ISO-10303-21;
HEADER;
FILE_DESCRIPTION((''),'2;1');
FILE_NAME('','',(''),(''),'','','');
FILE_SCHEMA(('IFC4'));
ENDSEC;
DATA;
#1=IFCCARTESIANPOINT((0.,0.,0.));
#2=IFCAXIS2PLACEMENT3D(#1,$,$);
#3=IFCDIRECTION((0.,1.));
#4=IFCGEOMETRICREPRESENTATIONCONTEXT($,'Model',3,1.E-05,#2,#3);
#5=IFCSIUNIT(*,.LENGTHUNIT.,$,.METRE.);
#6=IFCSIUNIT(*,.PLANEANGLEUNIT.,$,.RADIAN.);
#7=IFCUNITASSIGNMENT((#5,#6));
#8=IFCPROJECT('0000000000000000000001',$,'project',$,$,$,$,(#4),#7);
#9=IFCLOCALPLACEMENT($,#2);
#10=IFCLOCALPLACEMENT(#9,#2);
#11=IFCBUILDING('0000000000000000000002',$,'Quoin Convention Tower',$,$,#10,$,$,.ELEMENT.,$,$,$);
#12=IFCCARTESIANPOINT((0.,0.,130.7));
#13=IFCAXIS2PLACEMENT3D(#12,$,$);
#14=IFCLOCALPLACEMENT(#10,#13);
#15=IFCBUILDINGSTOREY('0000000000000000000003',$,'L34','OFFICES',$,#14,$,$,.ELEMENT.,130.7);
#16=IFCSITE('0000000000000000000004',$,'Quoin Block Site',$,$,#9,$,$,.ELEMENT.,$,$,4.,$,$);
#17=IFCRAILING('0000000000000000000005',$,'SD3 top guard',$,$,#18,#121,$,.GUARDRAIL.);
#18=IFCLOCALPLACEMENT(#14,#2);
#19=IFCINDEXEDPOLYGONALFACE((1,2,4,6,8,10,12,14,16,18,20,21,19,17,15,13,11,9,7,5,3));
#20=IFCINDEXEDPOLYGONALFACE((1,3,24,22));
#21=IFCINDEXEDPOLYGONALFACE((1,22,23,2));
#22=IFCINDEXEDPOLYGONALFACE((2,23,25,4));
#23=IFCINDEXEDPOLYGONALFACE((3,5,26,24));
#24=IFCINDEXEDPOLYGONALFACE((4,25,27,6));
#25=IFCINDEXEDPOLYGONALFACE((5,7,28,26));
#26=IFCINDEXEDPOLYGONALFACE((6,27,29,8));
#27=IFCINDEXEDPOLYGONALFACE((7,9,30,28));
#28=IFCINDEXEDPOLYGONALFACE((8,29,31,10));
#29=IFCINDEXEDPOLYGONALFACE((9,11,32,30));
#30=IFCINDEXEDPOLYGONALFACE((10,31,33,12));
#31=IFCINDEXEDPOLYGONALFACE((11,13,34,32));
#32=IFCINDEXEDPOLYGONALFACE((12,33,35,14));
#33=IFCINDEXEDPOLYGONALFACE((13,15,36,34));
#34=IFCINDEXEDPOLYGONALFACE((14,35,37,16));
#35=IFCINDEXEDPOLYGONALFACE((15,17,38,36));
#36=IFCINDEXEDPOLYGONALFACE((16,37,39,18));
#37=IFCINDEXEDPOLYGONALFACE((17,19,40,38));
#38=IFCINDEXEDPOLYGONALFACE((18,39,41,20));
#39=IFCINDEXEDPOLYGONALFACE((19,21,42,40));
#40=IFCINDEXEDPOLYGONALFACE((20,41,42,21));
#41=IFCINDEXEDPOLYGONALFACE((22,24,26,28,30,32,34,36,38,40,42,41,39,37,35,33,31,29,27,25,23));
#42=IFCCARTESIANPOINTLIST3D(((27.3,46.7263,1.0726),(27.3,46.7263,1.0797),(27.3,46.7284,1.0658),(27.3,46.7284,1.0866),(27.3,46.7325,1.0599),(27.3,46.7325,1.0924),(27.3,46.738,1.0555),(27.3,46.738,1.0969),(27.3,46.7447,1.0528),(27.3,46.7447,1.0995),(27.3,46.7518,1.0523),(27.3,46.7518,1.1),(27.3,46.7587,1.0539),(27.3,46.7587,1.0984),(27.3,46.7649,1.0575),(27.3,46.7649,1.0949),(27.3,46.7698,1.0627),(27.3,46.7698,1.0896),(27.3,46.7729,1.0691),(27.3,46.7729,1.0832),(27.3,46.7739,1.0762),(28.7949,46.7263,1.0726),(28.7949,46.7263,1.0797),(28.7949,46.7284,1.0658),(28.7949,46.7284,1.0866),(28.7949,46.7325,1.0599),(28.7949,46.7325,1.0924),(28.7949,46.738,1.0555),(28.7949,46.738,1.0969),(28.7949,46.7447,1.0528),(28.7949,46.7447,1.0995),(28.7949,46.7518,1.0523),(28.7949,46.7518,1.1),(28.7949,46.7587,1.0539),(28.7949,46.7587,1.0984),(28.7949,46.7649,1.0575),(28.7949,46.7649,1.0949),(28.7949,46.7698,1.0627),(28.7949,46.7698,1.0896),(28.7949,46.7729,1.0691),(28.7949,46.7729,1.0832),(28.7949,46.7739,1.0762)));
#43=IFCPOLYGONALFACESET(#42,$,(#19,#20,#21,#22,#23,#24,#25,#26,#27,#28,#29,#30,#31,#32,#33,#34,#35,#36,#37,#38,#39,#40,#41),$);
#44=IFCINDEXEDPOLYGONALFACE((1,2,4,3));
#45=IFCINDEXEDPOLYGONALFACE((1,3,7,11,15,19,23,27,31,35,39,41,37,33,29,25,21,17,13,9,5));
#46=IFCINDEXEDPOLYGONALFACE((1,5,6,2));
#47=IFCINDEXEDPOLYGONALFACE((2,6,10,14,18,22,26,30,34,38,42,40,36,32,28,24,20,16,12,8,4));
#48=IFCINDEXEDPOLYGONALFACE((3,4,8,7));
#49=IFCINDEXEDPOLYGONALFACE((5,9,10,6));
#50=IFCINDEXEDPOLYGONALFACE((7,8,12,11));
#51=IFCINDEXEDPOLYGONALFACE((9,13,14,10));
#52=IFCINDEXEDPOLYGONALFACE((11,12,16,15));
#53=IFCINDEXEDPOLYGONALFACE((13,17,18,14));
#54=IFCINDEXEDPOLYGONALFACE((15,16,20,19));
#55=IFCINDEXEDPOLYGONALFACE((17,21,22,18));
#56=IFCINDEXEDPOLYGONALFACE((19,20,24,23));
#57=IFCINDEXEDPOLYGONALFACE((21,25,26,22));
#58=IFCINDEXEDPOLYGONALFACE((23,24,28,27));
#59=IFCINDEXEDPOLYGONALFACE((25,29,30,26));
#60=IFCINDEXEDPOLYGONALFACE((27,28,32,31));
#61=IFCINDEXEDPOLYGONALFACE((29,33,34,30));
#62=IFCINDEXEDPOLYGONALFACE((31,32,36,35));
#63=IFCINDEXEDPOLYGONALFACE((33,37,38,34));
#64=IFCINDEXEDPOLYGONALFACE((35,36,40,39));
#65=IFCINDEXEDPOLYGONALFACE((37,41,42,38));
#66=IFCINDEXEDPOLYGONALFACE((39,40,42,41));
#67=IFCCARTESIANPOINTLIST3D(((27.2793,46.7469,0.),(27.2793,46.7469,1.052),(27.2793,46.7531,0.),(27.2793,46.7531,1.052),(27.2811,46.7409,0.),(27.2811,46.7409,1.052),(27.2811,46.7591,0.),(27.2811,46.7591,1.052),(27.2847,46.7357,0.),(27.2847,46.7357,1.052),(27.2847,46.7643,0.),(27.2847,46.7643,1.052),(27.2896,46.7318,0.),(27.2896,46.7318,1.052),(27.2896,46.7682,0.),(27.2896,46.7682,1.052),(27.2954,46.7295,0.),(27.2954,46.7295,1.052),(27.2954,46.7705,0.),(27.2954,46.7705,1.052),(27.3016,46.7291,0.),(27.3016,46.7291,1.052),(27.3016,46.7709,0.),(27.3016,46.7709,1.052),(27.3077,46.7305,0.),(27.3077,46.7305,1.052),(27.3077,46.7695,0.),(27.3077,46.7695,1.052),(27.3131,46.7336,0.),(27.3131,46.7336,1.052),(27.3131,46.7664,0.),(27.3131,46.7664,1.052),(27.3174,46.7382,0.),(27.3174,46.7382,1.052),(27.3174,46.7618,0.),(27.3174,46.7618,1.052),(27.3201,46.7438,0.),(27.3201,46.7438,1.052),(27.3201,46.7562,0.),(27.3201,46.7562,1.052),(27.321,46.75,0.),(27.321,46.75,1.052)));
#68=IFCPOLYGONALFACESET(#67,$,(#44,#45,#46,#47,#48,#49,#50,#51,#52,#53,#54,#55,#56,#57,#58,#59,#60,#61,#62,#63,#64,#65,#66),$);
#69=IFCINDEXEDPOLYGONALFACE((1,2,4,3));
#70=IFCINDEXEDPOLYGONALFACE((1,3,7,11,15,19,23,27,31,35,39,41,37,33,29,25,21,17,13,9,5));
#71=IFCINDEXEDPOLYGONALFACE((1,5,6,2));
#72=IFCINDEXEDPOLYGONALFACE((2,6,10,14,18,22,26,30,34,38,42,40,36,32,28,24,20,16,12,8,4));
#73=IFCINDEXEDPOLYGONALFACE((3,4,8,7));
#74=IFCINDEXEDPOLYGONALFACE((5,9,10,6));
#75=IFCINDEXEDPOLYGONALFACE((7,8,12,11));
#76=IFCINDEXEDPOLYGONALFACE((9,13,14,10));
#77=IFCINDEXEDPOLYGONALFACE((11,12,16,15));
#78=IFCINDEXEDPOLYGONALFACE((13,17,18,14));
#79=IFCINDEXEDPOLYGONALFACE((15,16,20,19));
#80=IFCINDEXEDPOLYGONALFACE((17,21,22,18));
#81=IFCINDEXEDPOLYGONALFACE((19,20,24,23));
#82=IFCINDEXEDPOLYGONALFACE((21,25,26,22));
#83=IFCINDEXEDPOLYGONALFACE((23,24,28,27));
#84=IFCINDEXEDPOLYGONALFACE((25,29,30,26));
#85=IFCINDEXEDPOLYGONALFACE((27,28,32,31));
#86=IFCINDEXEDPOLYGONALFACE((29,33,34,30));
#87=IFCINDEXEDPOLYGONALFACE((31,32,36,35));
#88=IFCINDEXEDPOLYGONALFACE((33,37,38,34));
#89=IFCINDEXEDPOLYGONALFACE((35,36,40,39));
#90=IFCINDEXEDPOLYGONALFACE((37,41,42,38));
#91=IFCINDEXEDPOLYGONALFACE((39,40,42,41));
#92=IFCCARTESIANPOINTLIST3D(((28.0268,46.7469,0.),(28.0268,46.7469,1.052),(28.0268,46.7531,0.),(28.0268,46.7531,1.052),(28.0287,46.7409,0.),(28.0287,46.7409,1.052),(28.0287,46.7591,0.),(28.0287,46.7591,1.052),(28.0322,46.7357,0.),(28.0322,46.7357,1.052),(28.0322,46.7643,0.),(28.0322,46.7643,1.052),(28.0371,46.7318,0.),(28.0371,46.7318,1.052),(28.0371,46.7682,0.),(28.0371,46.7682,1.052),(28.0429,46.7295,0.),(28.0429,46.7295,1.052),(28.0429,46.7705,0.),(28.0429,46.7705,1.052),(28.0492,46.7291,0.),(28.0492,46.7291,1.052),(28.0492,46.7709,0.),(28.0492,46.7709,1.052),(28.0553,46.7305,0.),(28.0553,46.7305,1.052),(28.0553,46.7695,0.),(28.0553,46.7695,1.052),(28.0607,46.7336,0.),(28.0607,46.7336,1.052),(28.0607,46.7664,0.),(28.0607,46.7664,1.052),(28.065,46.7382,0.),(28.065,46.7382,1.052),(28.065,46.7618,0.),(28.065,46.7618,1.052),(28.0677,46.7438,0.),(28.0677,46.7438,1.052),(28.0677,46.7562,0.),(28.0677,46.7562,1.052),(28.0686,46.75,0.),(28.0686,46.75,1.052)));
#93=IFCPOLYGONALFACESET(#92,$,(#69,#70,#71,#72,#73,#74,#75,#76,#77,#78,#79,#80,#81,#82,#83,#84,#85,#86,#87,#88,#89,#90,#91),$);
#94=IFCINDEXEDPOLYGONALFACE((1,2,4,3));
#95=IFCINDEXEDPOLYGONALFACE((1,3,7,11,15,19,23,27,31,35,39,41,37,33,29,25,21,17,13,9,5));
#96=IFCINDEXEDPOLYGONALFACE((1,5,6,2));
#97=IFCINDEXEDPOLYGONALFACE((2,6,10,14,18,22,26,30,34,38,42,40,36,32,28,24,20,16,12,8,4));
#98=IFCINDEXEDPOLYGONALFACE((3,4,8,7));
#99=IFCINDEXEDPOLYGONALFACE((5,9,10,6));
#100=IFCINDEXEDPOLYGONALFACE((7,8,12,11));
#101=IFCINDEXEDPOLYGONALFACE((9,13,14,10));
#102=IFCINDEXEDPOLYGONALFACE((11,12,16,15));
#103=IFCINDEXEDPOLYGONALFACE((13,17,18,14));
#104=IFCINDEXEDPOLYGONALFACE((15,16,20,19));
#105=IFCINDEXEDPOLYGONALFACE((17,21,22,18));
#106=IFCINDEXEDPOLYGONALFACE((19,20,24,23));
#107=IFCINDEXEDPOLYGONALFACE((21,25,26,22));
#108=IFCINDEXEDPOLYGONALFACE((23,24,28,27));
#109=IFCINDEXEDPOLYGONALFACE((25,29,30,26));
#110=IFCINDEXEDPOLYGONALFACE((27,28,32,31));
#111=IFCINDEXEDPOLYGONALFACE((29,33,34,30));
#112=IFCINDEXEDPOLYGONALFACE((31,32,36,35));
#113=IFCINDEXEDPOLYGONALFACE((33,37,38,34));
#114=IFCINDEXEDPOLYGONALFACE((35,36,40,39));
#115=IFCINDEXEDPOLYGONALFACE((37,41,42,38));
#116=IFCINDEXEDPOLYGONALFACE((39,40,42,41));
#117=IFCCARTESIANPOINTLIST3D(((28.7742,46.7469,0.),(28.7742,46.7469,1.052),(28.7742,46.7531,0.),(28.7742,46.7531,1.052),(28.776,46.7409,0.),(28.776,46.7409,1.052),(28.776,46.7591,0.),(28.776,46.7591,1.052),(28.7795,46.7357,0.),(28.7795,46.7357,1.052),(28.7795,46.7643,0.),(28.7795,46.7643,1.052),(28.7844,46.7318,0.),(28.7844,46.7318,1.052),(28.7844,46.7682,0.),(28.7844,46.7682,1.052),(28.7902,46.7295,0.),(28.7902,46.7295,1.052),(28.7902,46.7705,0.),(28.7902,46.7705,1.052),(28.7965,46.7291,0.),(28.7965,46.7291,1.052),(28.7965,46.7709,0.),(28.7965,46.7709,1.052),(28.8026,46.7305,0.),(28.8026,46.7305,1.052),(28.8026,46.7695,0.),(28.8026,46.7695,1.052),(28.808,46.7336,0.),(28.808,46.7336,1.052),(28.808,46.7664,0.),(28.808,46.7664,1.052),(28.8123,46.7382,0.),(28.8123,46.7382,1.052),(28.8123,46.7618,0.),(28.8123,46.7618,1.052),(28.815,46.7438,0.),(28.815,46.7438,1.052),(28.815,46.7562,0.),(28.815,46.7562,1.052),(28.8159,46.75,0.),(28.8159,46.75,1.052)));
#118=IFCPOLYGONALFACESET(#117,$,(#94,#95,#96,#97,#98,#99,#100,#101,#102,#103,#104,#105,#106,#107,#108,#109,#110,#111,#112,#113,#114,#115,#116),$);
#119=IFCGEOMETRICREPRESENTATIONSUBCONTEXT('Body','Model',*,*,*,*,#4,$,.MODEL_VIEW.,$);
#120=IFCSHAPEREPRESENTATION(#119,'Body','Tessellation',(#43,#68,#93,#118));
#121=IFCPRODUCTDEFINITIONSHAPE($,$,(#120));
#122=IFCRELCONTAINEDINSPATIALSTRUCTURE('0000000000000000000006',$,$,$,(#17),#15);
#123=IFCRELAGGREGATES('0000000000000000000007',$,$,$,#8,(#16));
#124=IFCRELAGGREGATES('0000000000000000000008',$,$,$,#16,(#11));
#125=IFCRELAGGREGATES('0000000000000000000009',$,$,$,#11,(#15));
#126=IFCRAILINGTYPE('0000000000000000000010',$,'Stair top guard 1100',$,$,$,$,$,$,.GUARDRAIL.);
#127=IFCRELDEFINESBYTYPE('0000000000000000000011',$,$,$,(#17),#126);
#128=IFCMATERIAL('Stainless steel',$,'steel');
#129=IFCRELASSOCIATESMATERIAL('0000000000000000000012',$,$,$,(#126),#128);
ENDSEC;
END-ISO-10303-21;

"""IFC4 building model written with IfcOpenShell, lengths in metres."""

from ifc_helpers import new_model, si_unit, direction, frame, origin, origin_2d, place, context, subcontext, project, spatial, circle, extrude, material, type_object, element, save


model = new_model("IFC4")

# Units and contexts
model_context = context("Model", 3, precision=1e-05, world=origin(), true_north=direction((0.0, 1.0)))
body_context = subcontext(model_context, "Body", "Model", "MODEL_VIEW")
ifc_project = project(units=[si_unit("LENGTHUNIT", "METRE"), si_unit("PLANEANGLEUNIT", "RADIAN")], contexts=[model_context])

# Site, building, storey
site_placement = place(None, origin())
site = spatial("IfcSite", under=ifc_project, at=site_placement, Name="Quoin Block Site", CompositionType="ELEMENT", RefElevation=4.0)
building_placement = place(site_placement, origin())
building = spatial("IfcBuilding", under=site, at=building_placement, Name="Quoin Convention Tower", CompositionType="ELEMENT")
storey_placement = place(building_placement, frame((0.0, 0.0, 130.7)))
storey = spatial("IfcBuildingStorey", under=building, at=storey_placement, Name="L34", Description="OFFICES", CompositionType="ELEMENT", Elevation=130.7)

# Railing
ifc_material_1 = material(Name="Stainless steel", Category="steel")
railing_type_1 = type_object("IfcRailingType", Name="Stair top guard 1100", PredefinedType="GUARDRAIL", material=ifc_material_1)
railing_1_placement = place(storey_placement, frame((27.3, 46.75, 0.0)))
element("IfcRailing", 1, at=railing_1_placement, inside=storey, type_object=railing_type_1, Name="SD3 top guard", PredefinedType="GUARDRAIL", context=body_context, shape_type="SweptSolid", body=[
    extrude(circle(Radius=0.0239, at=origin_2d()), frame((0.0, 0.0, 1.0762), z_axis=(1.0, 0.0, 0.0), x_axis=(0.0, 1.0, 0.0)), (0.0, 0.0, 1.0), 1.4949),
    extrude(circle(Radius=0.021, at=origin_2d()), origin(), (0.0, 0.0, 1.0), 1.052),
    extrude(circle(Radius=0.021, at=origin_2d()), frame((0.7476, 0.0, 0.0)), (0.0, 0.0, 1.0), 1.052),
    extrude(circle(Radius=0.021, at=origin_2d()), frame((1.4949, 0.0, 0.0)), (0.0, 0.0, 1.0), 1.052),
])

save(model, "model.ifc")
